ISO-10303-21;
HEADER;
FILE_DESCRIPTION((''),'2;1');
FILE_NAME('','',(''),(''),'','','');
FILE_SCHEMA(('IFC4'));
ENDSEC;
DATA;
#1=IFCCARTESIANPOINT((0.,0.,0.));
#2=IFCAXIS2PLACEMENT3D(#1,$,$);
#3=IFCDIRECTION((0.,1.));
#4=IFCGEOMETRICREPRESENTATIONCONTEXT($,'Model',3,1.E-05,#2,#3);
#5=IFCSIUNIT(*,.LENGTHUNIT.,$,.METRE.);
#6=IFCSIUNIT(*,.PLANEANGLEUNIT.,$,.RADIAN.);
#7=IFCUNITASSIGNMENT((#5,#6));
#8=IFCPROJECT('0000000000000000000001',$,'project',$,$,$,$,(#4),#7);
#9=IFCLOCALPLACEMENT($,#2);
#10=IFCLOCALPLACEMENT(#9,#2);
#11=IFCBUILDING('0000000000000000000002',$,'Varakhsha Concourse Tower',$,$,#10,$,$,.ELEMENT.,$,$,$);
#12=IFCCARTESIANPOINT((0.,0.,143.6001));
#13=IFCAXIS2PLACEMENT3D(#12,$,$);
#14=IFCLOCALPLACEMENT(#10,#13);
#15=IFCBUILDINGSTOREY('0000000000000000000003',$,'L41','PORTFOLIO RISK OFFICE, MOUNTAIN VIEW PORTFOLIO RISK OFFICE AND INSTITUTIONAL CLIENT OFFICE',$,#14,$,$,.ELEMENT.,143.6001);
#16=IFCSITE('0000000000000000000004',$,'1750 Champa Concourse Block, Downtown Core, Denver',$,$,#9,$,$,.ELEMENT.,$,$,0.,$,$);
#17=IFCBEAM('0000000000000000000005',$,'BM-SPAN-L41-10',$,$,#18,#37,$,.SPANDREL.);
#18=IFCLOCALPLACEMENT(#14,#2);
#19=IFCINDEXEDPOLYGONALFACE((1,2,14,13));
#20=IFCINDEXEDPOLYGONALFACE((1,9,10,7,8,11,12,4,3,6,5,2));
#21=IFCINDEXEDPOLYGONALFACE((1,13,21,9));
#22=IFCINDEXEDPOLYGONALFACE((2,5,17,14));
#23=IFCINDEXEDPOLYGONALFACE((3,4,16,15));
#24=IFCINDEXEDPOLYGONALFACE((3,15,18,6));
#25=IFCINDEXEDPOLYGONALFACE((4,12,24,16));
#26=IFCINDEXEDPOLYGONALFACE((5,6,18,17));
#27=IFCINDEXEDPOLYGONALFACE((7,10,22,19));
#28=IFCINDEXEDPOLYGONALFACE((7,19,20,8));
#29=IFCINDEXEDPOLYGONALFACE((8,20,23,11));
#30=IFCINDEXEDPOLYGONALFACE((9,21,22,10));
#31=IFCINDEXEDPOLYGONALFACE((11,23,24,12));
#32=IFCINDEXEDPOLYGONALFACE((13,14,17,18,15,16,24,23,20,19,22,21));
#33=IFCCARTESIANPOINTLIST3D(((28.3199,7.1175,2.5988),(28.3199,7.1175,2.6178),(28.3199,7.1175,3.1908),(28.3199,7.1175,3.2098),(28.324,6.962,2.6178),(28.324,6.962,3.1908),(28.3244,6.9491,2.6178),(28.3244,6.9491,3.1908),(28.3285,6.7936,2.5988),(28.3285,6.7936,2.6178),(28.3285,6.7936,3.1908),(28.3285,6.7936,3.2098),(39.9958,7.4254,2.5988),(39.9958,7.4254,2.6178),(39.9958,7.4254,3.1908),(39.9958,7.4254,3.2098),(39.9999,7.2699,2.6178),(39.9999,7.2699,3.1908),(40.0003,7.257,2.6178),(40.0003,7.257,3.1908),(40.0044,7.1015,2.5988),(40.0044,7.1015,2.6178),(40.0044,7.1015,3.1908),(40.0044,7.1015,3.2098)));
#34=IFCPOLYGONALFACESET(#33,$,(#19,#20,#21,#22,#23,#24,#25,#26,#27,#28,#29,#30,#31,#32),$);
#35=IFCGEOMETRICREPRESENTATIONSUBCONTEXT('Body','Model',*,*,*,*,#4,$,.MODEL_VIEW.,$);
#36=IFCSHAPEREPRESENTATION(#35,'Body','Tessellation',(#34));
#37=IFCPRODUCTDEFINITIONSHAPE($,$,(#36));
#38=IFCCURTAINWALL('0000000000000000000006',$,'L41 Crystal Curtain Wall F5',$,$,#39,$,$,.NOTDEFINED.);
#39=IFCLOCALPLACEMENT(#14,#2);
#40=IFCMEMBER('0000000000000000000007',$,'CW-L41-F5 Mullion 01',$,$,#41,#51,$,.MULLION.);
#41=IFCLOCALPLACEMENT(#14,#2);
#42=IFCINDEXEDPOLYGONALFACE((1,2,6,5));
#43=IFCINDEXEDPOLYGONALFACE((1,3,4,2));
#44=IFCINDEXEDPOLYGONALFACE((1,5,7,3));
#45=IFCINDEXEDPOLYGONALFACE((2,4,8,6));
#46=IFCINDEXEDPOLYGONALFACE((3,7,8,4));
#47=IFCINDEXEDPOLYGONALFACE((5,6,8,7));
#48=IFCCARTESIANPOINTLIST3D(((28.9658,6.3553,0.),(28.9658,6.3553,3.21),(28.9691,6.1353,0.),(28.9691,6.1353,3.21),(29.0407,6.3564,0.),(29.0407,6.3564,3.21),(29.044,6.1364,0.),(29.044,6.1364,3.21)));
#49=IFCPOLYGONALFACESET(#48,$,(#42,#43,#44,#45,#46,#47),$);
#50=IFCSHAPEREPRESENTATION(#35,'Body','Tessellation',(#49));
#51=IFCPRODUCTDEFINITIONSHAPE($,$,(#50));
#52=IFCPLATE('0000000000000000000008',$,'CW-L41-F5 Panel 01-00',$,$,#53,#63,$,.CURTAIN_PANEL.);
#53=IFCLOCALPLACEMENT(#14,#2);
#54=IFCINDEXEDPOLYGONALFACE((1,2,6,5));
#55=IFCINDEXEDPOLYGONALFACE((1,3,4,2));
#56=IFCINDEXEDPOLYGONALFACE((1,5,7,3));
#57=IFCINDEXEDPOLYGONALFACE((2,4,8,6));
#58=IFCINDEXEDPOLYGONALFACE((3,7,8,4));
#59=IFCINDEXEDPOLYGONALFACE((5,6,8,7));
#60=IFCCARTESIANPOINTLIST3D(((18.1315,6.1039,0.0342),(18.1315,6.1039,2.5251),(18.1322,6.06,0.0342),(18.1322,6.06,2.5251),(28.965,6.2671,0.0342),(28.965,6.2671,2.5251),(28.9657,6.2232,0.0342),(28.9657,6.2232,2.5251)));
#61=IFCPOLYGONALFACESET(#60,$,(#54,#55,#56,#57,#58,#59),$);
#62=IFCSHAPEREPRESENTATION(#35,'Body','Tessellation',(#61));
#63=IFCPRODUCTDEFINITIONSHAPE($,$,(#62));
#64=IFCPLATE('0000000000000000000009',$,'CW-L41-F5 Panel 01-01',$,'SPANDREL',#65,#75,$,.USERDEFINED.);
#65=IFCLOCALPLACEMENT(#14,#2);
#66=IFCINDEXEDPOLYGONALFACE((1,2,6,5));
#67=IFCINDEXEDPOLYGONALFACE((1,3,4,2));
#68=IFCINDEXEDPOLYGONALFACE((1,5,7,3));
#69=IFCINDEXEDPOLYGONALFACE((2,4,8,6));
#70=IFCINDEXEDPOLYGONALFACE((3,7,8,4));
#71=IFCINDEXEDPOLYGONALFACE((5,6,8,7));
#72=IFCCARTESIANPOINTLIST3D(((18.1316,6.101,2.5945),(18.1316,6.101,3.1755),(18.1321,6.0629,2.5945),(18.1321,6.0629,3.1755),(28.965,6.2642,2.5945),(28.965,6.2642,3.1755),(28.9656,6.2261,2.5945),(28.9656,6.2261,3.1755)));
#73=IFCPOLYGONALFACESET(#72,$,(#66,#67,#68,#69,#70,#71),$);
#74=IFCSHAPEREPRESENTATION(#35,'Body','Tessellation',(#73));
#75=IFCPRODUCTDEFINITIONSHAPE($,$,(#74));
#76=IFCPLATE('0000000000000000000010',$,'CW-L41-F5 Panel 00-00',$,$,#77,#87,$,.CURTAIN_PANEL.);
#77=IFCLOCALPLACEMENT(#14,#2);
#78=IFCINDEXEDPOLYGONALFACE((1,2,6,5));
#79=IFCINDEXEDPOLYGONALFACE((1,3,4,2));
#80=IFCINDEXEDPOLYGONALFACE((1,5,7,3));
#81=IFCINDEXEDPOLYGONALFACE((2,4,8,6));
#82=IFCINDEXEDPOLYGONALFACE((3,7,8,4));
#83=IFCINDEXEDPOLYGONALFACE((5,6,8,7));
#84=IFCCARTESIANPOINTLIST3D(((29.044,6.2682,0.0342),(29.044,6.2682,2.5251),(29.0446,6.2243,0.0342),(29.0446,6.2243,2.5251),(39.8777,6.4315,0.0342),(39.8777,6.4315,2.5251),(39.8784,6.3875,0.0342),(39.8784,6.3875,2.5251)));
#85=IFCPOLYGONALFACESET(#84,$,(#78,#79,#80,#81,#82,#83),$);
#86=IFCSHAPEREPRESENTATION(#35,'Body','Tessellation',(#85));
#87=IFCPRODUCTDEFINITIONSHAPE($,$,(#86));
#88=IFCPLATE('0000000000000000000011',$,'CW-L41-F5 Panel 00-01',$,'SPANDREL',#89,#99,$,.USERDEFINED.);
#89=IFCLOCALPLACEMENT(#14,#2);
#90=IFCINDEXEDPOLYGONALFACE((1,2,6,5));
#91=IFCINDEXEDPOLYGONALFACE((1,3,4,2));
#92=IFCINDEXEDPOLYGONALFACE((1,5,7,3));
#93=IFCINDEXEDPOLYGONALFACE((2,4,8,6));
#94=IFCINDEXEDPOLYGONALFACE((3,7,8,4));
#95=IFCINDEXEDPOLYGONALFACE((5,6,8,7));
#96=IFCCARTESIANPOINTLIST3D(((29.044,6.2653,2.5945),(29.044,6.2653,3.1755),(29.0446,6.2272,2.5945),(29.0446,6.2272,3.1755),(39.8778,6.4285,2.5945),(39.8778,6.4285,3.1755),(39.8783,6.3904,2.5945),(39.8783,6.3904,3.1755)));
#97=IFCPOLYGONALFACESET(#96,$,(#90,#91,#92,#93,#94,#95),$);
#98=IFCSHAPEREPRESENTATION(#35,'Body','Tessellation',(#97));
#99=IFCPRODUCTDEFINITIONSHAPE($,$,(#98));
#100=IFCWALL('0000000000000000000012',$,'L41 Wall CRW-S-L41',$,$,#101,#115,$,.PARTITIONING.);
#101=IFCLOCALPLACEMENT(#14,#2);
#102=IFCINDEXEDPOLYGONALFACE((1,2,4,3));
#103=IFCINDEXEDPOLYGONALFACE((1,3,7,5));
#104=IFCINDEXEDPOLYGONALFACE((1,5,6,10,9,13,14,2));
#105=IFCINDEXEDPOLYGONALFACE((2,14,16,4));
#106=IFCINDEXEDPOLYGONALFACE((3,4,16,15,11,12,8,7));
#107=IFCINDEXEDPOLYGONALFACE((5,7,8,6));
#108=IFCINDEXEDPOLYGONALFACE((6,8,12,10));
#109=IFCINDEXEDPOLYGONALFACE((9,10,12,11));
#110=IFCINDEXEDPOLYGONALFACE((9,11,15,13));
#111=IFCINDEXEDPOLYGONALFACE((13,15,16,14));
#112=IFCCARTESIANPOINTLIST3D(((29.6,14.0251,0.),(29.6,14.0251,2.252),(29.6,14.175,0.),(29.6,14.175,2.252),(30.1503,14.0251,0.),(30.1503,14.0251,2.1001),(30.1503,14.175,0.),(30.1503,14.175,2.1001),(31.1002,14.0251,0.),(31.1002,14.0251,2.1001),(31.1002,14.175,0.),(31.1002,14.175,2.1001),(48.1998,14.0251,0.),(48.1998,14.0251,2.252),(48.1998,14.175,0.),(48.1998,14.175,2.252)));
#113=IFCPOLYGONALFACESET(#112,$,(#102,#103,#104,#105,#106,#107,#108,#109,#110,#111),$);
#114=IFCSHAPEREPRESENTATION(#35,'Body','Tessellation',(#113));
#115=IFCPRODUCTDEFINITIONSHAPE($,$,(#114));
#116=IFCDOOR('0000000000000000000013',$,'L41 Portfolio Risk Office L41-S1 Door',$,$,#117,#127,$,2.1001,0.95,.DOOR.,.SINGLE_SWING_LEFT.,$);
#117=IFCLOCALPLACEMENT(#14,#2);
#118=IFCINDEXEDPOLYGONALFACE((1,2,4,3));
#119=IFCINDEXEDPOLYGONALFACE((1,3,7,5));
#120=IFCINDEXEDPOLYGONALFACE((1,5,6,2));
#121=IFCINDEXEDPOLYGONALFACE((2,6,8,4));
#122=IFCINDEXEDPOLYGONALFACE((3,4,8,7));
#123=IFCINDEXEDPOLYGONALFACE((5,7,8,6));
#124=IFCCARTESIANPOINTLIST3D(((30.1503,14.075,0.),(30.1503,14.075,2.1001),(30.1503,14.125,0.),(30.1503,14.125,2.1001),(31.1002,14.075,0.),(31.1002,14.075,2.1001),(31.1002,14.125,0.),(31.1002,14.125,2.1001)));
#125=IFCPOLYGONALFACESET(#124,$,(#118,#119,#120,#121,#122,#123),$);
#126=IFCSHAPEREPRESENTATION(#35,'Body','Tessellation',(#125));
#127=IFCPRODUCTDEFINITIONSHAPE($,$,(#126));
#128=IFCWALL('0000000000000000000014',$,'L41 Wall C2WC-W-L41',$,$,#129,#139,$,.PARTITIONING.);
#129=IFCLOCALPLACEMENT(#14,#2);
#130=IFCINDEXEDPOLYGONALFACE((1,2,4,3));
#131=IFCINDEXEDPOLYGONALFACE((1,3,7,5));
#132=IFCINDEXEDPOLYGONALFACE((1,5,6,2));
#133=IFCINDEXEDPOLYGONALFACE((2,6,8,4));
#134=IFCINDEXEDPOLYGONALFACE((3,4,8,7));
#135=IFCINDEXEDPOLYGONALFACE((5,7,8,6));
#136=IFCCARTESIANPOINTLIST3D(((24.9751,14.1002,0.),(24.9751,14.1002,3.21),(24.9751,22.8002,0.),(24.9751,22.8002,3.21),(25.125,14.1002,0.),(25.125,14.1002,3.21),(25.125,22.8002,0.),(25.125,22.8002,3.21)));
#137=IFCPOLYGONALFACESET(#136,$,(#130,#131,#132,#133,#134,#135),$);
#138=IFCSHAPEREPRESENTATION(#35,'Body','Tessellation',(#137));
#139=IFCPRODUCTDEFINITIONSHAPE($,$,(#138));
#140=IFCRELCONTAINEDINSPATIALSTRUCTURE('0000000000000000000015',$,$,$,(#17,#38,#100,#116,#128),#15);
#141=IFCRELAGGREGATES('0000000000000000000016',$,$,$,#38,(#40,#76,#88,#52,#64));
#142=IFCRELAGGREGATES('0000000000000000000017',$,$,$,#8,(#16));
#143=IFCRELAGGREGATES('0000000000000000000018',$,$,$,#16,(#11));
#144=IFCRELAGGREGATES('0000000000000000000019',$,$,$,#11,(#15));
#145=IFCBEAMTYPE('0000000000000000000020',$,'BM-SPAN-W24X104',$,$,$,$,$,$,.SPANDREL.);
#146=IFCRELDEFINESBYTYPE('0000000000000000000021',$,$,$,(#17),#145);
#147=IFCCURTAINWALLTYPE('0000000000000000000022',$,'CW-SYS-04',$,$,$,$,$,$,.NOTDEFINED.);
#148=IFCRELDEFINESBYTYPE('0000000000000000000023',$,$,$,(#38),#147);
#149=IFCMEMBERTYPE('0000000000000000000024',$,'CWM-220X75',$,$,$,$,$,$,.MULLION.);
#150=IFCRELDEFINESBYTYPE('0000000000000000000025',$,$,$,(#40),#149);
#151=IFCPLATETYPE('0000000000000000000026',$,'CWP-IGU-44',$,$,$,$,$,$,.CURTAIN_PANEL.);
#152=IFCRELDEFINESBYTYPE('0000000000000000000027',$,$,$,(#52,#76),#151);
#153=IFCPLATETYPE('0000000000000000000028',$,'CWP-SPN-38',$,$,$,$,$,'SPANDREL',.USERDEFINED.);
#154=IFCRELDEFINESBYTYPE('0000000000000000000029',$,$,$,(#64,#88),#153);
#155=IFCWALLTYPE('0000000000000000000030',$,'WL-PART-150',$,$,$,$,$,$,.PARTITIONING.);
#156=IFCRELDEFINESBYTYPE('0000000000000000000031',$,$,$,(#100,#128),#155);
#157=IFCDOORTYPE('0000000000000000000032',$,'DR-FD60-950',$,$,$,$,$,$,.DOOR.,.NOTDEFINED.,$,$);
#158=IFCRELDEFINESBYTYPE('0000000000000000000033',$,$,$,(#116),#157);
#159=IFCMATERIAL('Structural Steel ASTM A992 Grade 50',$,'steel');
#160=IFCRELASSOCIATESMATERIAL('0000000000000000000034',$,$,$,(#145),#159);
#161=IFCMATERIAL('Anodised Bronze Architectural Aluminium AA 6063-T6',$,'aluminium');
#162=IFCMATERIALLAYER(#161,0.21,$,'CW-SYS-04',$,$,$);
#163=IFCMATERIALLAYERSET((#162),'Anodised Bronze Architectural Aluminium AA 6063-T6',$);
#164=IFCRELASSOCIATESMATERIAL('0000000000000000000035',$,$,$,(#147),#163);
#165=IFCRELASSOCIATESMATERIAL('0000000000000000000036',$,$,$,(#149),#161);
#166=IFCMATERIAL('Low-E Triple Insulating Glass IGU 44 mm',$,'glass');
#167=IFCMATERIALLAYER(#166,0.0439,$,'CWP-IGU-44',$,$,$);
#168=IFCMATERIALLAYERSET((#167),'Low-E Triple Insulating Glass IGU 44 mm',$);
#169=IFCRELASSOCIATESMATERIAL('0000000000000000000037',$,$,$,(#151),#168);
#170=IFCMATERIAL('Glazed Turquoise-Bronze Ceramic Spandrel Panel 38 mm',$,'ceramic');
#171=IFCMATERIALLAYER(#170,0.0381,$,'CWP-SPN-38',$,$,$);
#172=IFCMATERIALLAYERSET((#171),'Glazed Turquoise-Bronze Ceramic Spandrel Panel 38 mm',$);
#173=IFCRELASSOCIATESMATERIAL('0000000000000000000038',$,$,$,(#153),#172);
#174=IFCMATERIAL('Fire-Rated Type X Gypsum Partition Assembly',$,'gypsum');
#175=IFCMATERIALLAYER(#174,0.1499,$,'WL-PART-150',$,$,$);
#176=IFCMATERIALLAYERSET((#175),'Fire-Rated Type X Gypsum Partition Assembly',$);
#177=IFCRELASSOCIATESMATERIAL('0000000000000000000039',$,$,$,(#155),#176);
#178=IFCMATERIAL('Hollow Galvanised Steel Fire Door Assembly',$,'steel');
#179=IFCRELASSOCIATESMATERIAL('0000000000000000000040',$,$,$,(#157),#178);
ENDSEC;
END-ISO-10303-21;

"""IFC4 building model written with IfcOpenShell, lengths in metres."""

from ifc_helpers import new_model, si_unit, direction, frame, frame_2d, origin, origin_2d, place, context, subcontext, project, spatial, rectangle, i_section, extrude, source, transform, mapped, material, layer, layer_set, material_profile, profile_set, type_object, type_shapes, element, fill, aggregate, save


model = new_model("IFC4")

# Units and contexts
model_context = context("Model", 3, precision=1e-05, world=origin(), true_north=direction((0.0, 1.0)))
body_context = subcontext(model_context, "Body", "Model", "MODEL_VIEW")
ifc_project = project(units=[si_unit("LENGTHUNIT", "METRE"), si_unit("PLANEANGLEUNIT", "RADIAN")], contexts=[model_context])

# Site, building, storey
site_placement = place(None, origin())
site = spatial("IfcSite", under=ifc_project, at=site_placement, Name="1750 Champa Concourse Block, Downtown Core, Denver", CompositionType="ELEMENT", RefElevation=0.0)
building_placement = place(site_placement, origin())
building = spatial("IfcBuilding", under=site, at=building_placement, Name="Varakhsha Concourse Tower", CompositionType="ELEMENT")
storey_placement = place(building_placement, frame((0.0, 0.0, 143.6001)))
storey = spatial("IfcBuildingStorey", under=building, at=storey_placement, Name="L41", Description="PORTFOLIO RISK OFFICE, MOUNTAIN VIEW PORTFOLIO RISK OFFICE AND INSTITUTIONAL CLIENT OFFICE", CompositionType="ELEMENT", Elevation=143.6001)

# Shared definitions
ifc_material_1 = material(Name="Structural Steel ASTM A992 Grade 50", Category="steel")

# Beam
ifc_material_profile_1 = material_profile(ifc_material_1, i_section(OverallWidth=0.324, OverallDepth=0.6111, WebThickness=0.0129, FlangeThickness=0.019, at=origin_2d()), Name="W24X104")
ifc_profile_set_1 = profile_set([ifc_material_profile_1], Name="Structural Steel ASTM A992 Grade 50")
beam_type_1 = type_object("IfcBeamType", Name="BM-SPAN-W24X104", PredefinedType="SPANDREL", material=ifc_profile_set_1)
beam_1_placement = place(storey_placement, frame((28.3242, 6.9556, 2.9043), z_axis=(0.999653, 0.026358, 0.0), x_axis=(-0.026358, 0.999653, 0.0)))
element("IfcBeam", 1, at=beam_1_placement, inside=storey, type_object=beam_type_1, Name="BM-SPAN-L41-10", PredefinedType="SPANDREL", context=body_context, shape_type="SweptSolid", body=[
    extrude(i_section(OverallWidth=0.324, OverallDepth=0.6111, WebThickness=0.0129, FlangeThickness=0.019, at=origin_2d()), origin(), (0.0, 0.0, 1.0), 11.6799),
])

# Curtain wall, member, plates
ifc_material_2 = material(Name="Anodised Bronze Architectural Aluminium AA 6063-T6", Category="aluminium")
ifc_layer_1 = layer(ifc_material_2, 0.21, Name="CW-SYS-04")
ifc_layer_set_1 = layer_set([ifc_layer_1], Name="Anodised Bronze Architectural Aluminium AA 6063-T6")
curtain_wall_type = type_object("IfcCurtainWallType", Name="CW-SYS-04", PredefinedType="NOTDEFINED", material=ifc_layer_set_1)
curtain_wall_placement = place(storey_placement, origin())
curtain_wall = element("IfcCurtainWall", 2, at=curtain_wall_placement, inside=storey, type_object=curtain_wall_type, Name="L41 Crystal Curtain Wall F5", PredefinedType="NOTDEFINED")
ifc_material_profile_2 = material_profile(ifc_material_2, rectangle(XDim=0.075, YDim=0.22, at=origin_2d()), Name="CWM-220X75")
ifc_profile_set_2 = profile_set([ifc_material_profile_2], Name="Anodised Bronze Architectural Aluminium AA 6063-T6")
member_type = type_object("IfcMemberType", Name="CWM-220X75", PredefinedType="MULLION", material=ifc_profile_set_2)
shared_shape_1 = source(origin(), body_context, "Body", "SweptSolid", [
    extrude(rectangle(XDim=0.075, YDim=0.22, at=origin_2d()), origin(), (0.0, 0.0, 1.0), 3.21),
])
type_shapes(member_type, [shared_shape_1])
member_placement = place(storey_placement, frame((29.0049, 6.2458, 0.0), z_axis=(0.0, 0.0, 1.0), x_axis=(-0.999887, -0.015063, 0.0)))
member = element("IfcMember", 3, at=member_placement, type_object=member_type, Name="CW-L41-F5 Mullion 01", PredefinedType="MULLION", context=body_context, shape_type="MappedRepresentation", body=[
    mapped(shared_shape_1, transform((0.0, 0.0, 0.0), scale=1.0)),
])
ifc_material_3 = material(Name="Low-E Triple Insulating Glass IGU 44 mm", Category="glass")
ifc_layer_2 = layer(ifc_material_3, 0.0439, Name="CWP-IGU-44")
ifc_layer_set_2 = layer_set([ifc_layer_2], Name="Low-E Triple Insulating Glass IGU 44 mm")
plate_type_1 = type_object("IfcPlateType", Name="CWP-IGU-44", PredefinedType="CURTAIN_PANEL", material=ifc_layer_set_2)
shared_shape_2 = source(origin(), body_context, "Body", "SweptSolid", [
    extrude(rectangle(XDim=10.8347, YDim=0.0439, at=origin_2d()), origin(), (0.0, 0.0, 1.0), 2.491),
])
plate_1_placement = place(storey_placement, frame((23.5486, 6.1636, 0.0342), z_axis=(0.0, 0.0, 1.0), x_axis=(-0.999887, -0.015063, 0.0)))
plate_1 = element("IfcPlate", 4, at=plate_1_placement, type_object=plate_type_1, Name="CW-L41-F5 Panel 01-00", PredefinedType="CURTAIN_PANEL", context=body_context, shape_type="MappedRepresentation", body=[
    mapped(shared_shape_2, transform((0.0, 0.0, 0.0), scale=1.0)),
])
ifc_material_4 = material(Name="Glazed Turquoise-Bronze Ceramic Spandrel Panel 38 mm", Category="ceramic")
ifc_layer_3 = layer(ifc_material_4, 0.0381, Name="CWP-SPN-38")
ifc_layer_set_3 = layer_set([ifc_layer_3], Name="Glazed Turquoise-Bronze Ceramic Spandrel Panel 38 mm")
plate_type_2 = type_object("IfcPlateType", Name="CWP-SPN-38", ElementType="SPANDREL", PredefinedType="USERDEFINED", material=ifc_layer_set_3)
shared_shape_3 = source(origin(), body_context, "Body", "SweptSolid", [
    extrude(rectangle(XDim=10.8347, YDim=0.0381, at=origin_2d()), origin(), (0.0, 0.0, 1.0), 0.5811),
])
plate_2_placement = place(storey_placement, frame((23.5486, 6.1636, 2.5945), z_axis=(0.0, 0.0, 1.0), x_axis=(-0.999887, -0.015063, 0.0)))
plate_2 = element("IfcPlate", 5, at=plate_2_placement, type_object=plate_type_2, Name="CW-L41-F5 Panel 01-01", ObjectType="SPANDREL", PredefinedType="USERDEFINED", context=body_context, shape_type="MappedRepresentation", body=[
    mapped(shared_shape_3, transform((0.0, 0.0, 0.0), scale=1.0)),
])
shared_shape_4 = source(origin(), body_context, "Body", "SweptSolid", [
    extrude(rectangle(XDim=10.835, YDim=0.0439, at=origin_2d()), origin(), (0.0, 0.0, 1.0), 2.491),
])
type_shapes(plate_type_1, [shared_shape_2, shared_shape_4])
plate_3_placement = place(storey_placement, frame((34.4612, 6.3279, 0.0342), z_axis=(0.0, 0.0, 1.0), x_axis=(-0.999887, -0.015063, 0.0)))
plate_3 = element("IfcPlate", 6, at=plate_3_placement, type_object=plate_type_1, Name="CW-L41-F5 Panel 00-00", PredefinedType="CURTAIN_PANEL", context=body_context, shape_type="MappedRepresentation", body=[
    mapped(shared_shape_4, transform((0.0, 0.0, 0.0), scale=1.0)),
])
shared_shape_5 = source(origin(), body_context, "Body", "SweptSolid", [
    extrude(rectangle(XDim=10.835, YDim=0.0381, at=origin_2d()), origin(), (0.0, 0.0, 1.0), 0.5811),
])
type_shapes(plate_type_2, [shared_shape_3, shared_shape_5])
plate_4_placement = place(storey_placement, frame((34.4612, 6.3279, 2.5945), z_axis=(0.0, 0.0, 1.0), x_axis=(-0.999887, -0.015063, 0.0)))
plate_4 = element("IfcPlate", 7, at=plate_4_placement, type_object=plate_type_2, Name="CW-L41-F5 Panel 00-01", ObjectType="SPANDREL", PredefinedType="USERDEFINED", context=body_context, shape_type="MappedRepresentation", body=[
    mapped(shared_shape_5, transform((0.0, 0.0, 0.0), scale=1.0)),
])
aggregate(curtain_wall, [member, plate_3, plate_4, plate_1, plate_2])

# Wall, opening, door
ifc_material_5 = material(Name="Fire-Rated Type X Gypsum Partition Assembly", Category="gypsum")
ifc_layer_4 = layer(ifc_material_5, 0.1499, Name="WL-PART-150")
ifc_layer_set_4 = layer_set([ifc_layer_4], Name="Fire-Rated Type X Gypsum Partition Assembly")
wall_type = type_object("IfcWallType", Name="WL-PART-150", PredefinedType="PARTITIONING", material=ifc_layer_set_4)
wall_1_placement = place(storey_placement, frame((29.6001, 14.1001, 0.0), z_axis=(0.0, 0.0, 1.0), x_axis=(1.0, 0.0, 0.0)))
wall_1 = element("IfcWall", 8, at=wall_1_placement, inside=storey, type_object=wall_type, Name="L41 Wall CRW-S-L41", PredefinedType="PARTITIONING", context=body_context, shape_type="SweptSolid", body=[
    extrude(rectangle(XDim=18.5999, YDim=0.1499, at=frame_2d((9.2998, 0.0))), origin(), (0.0, 0.0, 1.0), 2.252),
])
opening_placement = place(wall_1_placement, frame((0.55, 0.0, 0.0)))
opening = element("IfcOpeningElement", 9, at=opening_placement, cuts=wall_1, PredefinedType="OPENING", context=body_context, shape_type="SweptSolid", body=[
    extrude(rectangle(XDim=0.95, YDim=2.1001, at=frame_2d((0.4751, 1.05))), frame((0.0, 0.085, 0.0), z_axis=(0.0, -1.0, 0.0), x_axis=(1.0, 0.0, 0.0)), (0.0, 0.0, 1.0), 0.1699),
])
ifc_material_6 = material(Name="Hollow Galvanised Steel Fire Door Assembly", Category="steel")
door_type = type_object("IfcDoorType", Name="DR-FD60-950", OperationType="NOTDEFINED", PredefinedType="DOOR", material=ifc_material_6)
door_placement = place(opening_placement, origin())
door = element("IfcDoor", 10, at=door_placement, inside=storey, type_object=door_type, Name="L41 Portfolio Risk Office L41-S1 Door", OperationType="SINGLE_SWING_LEFT", OverallHeight=2.1001, OverallWidth=0.95, PredefinedType="DOOR", context=body_context, shape_type="SweptSolid", body=[
    extrude(rectangle(XDim=0.95, YDim=2.1001, at=frame_2d((0.4751, 1.05))), frame((0.0, 0.0249, 0.0), z_axis=(0.0, -1.0, 0.0), x_axis=(1.0, 0.0, 0.0)), (0.0, 0.0, 1.0), 0.05),
])
fill(opening, door)

# Wall
wall_2_placement = place(storey_placement, frame((25.05, 14.1001, 0.0), z_axis=(0.0, 0.0, 1.0), x_axis=(0.0, 1.0, 0.0)))
element("IfcWall", 11, at=wall_2_placement, inside=storey, type_object=wall_type, Name="L41 Wall C2WC-W-L41", PredefinedType="PARTITIONING", context=body_context, shape_type="SweptSolid", body=[
    extrude(rectangle(XDim=8.7, YDim=0.1499, at=frame_2d((4.3501, 0.0))), origin(), (0.0, 0.0, 1.0), 3.21),
])

save(model, "model.ifc")
